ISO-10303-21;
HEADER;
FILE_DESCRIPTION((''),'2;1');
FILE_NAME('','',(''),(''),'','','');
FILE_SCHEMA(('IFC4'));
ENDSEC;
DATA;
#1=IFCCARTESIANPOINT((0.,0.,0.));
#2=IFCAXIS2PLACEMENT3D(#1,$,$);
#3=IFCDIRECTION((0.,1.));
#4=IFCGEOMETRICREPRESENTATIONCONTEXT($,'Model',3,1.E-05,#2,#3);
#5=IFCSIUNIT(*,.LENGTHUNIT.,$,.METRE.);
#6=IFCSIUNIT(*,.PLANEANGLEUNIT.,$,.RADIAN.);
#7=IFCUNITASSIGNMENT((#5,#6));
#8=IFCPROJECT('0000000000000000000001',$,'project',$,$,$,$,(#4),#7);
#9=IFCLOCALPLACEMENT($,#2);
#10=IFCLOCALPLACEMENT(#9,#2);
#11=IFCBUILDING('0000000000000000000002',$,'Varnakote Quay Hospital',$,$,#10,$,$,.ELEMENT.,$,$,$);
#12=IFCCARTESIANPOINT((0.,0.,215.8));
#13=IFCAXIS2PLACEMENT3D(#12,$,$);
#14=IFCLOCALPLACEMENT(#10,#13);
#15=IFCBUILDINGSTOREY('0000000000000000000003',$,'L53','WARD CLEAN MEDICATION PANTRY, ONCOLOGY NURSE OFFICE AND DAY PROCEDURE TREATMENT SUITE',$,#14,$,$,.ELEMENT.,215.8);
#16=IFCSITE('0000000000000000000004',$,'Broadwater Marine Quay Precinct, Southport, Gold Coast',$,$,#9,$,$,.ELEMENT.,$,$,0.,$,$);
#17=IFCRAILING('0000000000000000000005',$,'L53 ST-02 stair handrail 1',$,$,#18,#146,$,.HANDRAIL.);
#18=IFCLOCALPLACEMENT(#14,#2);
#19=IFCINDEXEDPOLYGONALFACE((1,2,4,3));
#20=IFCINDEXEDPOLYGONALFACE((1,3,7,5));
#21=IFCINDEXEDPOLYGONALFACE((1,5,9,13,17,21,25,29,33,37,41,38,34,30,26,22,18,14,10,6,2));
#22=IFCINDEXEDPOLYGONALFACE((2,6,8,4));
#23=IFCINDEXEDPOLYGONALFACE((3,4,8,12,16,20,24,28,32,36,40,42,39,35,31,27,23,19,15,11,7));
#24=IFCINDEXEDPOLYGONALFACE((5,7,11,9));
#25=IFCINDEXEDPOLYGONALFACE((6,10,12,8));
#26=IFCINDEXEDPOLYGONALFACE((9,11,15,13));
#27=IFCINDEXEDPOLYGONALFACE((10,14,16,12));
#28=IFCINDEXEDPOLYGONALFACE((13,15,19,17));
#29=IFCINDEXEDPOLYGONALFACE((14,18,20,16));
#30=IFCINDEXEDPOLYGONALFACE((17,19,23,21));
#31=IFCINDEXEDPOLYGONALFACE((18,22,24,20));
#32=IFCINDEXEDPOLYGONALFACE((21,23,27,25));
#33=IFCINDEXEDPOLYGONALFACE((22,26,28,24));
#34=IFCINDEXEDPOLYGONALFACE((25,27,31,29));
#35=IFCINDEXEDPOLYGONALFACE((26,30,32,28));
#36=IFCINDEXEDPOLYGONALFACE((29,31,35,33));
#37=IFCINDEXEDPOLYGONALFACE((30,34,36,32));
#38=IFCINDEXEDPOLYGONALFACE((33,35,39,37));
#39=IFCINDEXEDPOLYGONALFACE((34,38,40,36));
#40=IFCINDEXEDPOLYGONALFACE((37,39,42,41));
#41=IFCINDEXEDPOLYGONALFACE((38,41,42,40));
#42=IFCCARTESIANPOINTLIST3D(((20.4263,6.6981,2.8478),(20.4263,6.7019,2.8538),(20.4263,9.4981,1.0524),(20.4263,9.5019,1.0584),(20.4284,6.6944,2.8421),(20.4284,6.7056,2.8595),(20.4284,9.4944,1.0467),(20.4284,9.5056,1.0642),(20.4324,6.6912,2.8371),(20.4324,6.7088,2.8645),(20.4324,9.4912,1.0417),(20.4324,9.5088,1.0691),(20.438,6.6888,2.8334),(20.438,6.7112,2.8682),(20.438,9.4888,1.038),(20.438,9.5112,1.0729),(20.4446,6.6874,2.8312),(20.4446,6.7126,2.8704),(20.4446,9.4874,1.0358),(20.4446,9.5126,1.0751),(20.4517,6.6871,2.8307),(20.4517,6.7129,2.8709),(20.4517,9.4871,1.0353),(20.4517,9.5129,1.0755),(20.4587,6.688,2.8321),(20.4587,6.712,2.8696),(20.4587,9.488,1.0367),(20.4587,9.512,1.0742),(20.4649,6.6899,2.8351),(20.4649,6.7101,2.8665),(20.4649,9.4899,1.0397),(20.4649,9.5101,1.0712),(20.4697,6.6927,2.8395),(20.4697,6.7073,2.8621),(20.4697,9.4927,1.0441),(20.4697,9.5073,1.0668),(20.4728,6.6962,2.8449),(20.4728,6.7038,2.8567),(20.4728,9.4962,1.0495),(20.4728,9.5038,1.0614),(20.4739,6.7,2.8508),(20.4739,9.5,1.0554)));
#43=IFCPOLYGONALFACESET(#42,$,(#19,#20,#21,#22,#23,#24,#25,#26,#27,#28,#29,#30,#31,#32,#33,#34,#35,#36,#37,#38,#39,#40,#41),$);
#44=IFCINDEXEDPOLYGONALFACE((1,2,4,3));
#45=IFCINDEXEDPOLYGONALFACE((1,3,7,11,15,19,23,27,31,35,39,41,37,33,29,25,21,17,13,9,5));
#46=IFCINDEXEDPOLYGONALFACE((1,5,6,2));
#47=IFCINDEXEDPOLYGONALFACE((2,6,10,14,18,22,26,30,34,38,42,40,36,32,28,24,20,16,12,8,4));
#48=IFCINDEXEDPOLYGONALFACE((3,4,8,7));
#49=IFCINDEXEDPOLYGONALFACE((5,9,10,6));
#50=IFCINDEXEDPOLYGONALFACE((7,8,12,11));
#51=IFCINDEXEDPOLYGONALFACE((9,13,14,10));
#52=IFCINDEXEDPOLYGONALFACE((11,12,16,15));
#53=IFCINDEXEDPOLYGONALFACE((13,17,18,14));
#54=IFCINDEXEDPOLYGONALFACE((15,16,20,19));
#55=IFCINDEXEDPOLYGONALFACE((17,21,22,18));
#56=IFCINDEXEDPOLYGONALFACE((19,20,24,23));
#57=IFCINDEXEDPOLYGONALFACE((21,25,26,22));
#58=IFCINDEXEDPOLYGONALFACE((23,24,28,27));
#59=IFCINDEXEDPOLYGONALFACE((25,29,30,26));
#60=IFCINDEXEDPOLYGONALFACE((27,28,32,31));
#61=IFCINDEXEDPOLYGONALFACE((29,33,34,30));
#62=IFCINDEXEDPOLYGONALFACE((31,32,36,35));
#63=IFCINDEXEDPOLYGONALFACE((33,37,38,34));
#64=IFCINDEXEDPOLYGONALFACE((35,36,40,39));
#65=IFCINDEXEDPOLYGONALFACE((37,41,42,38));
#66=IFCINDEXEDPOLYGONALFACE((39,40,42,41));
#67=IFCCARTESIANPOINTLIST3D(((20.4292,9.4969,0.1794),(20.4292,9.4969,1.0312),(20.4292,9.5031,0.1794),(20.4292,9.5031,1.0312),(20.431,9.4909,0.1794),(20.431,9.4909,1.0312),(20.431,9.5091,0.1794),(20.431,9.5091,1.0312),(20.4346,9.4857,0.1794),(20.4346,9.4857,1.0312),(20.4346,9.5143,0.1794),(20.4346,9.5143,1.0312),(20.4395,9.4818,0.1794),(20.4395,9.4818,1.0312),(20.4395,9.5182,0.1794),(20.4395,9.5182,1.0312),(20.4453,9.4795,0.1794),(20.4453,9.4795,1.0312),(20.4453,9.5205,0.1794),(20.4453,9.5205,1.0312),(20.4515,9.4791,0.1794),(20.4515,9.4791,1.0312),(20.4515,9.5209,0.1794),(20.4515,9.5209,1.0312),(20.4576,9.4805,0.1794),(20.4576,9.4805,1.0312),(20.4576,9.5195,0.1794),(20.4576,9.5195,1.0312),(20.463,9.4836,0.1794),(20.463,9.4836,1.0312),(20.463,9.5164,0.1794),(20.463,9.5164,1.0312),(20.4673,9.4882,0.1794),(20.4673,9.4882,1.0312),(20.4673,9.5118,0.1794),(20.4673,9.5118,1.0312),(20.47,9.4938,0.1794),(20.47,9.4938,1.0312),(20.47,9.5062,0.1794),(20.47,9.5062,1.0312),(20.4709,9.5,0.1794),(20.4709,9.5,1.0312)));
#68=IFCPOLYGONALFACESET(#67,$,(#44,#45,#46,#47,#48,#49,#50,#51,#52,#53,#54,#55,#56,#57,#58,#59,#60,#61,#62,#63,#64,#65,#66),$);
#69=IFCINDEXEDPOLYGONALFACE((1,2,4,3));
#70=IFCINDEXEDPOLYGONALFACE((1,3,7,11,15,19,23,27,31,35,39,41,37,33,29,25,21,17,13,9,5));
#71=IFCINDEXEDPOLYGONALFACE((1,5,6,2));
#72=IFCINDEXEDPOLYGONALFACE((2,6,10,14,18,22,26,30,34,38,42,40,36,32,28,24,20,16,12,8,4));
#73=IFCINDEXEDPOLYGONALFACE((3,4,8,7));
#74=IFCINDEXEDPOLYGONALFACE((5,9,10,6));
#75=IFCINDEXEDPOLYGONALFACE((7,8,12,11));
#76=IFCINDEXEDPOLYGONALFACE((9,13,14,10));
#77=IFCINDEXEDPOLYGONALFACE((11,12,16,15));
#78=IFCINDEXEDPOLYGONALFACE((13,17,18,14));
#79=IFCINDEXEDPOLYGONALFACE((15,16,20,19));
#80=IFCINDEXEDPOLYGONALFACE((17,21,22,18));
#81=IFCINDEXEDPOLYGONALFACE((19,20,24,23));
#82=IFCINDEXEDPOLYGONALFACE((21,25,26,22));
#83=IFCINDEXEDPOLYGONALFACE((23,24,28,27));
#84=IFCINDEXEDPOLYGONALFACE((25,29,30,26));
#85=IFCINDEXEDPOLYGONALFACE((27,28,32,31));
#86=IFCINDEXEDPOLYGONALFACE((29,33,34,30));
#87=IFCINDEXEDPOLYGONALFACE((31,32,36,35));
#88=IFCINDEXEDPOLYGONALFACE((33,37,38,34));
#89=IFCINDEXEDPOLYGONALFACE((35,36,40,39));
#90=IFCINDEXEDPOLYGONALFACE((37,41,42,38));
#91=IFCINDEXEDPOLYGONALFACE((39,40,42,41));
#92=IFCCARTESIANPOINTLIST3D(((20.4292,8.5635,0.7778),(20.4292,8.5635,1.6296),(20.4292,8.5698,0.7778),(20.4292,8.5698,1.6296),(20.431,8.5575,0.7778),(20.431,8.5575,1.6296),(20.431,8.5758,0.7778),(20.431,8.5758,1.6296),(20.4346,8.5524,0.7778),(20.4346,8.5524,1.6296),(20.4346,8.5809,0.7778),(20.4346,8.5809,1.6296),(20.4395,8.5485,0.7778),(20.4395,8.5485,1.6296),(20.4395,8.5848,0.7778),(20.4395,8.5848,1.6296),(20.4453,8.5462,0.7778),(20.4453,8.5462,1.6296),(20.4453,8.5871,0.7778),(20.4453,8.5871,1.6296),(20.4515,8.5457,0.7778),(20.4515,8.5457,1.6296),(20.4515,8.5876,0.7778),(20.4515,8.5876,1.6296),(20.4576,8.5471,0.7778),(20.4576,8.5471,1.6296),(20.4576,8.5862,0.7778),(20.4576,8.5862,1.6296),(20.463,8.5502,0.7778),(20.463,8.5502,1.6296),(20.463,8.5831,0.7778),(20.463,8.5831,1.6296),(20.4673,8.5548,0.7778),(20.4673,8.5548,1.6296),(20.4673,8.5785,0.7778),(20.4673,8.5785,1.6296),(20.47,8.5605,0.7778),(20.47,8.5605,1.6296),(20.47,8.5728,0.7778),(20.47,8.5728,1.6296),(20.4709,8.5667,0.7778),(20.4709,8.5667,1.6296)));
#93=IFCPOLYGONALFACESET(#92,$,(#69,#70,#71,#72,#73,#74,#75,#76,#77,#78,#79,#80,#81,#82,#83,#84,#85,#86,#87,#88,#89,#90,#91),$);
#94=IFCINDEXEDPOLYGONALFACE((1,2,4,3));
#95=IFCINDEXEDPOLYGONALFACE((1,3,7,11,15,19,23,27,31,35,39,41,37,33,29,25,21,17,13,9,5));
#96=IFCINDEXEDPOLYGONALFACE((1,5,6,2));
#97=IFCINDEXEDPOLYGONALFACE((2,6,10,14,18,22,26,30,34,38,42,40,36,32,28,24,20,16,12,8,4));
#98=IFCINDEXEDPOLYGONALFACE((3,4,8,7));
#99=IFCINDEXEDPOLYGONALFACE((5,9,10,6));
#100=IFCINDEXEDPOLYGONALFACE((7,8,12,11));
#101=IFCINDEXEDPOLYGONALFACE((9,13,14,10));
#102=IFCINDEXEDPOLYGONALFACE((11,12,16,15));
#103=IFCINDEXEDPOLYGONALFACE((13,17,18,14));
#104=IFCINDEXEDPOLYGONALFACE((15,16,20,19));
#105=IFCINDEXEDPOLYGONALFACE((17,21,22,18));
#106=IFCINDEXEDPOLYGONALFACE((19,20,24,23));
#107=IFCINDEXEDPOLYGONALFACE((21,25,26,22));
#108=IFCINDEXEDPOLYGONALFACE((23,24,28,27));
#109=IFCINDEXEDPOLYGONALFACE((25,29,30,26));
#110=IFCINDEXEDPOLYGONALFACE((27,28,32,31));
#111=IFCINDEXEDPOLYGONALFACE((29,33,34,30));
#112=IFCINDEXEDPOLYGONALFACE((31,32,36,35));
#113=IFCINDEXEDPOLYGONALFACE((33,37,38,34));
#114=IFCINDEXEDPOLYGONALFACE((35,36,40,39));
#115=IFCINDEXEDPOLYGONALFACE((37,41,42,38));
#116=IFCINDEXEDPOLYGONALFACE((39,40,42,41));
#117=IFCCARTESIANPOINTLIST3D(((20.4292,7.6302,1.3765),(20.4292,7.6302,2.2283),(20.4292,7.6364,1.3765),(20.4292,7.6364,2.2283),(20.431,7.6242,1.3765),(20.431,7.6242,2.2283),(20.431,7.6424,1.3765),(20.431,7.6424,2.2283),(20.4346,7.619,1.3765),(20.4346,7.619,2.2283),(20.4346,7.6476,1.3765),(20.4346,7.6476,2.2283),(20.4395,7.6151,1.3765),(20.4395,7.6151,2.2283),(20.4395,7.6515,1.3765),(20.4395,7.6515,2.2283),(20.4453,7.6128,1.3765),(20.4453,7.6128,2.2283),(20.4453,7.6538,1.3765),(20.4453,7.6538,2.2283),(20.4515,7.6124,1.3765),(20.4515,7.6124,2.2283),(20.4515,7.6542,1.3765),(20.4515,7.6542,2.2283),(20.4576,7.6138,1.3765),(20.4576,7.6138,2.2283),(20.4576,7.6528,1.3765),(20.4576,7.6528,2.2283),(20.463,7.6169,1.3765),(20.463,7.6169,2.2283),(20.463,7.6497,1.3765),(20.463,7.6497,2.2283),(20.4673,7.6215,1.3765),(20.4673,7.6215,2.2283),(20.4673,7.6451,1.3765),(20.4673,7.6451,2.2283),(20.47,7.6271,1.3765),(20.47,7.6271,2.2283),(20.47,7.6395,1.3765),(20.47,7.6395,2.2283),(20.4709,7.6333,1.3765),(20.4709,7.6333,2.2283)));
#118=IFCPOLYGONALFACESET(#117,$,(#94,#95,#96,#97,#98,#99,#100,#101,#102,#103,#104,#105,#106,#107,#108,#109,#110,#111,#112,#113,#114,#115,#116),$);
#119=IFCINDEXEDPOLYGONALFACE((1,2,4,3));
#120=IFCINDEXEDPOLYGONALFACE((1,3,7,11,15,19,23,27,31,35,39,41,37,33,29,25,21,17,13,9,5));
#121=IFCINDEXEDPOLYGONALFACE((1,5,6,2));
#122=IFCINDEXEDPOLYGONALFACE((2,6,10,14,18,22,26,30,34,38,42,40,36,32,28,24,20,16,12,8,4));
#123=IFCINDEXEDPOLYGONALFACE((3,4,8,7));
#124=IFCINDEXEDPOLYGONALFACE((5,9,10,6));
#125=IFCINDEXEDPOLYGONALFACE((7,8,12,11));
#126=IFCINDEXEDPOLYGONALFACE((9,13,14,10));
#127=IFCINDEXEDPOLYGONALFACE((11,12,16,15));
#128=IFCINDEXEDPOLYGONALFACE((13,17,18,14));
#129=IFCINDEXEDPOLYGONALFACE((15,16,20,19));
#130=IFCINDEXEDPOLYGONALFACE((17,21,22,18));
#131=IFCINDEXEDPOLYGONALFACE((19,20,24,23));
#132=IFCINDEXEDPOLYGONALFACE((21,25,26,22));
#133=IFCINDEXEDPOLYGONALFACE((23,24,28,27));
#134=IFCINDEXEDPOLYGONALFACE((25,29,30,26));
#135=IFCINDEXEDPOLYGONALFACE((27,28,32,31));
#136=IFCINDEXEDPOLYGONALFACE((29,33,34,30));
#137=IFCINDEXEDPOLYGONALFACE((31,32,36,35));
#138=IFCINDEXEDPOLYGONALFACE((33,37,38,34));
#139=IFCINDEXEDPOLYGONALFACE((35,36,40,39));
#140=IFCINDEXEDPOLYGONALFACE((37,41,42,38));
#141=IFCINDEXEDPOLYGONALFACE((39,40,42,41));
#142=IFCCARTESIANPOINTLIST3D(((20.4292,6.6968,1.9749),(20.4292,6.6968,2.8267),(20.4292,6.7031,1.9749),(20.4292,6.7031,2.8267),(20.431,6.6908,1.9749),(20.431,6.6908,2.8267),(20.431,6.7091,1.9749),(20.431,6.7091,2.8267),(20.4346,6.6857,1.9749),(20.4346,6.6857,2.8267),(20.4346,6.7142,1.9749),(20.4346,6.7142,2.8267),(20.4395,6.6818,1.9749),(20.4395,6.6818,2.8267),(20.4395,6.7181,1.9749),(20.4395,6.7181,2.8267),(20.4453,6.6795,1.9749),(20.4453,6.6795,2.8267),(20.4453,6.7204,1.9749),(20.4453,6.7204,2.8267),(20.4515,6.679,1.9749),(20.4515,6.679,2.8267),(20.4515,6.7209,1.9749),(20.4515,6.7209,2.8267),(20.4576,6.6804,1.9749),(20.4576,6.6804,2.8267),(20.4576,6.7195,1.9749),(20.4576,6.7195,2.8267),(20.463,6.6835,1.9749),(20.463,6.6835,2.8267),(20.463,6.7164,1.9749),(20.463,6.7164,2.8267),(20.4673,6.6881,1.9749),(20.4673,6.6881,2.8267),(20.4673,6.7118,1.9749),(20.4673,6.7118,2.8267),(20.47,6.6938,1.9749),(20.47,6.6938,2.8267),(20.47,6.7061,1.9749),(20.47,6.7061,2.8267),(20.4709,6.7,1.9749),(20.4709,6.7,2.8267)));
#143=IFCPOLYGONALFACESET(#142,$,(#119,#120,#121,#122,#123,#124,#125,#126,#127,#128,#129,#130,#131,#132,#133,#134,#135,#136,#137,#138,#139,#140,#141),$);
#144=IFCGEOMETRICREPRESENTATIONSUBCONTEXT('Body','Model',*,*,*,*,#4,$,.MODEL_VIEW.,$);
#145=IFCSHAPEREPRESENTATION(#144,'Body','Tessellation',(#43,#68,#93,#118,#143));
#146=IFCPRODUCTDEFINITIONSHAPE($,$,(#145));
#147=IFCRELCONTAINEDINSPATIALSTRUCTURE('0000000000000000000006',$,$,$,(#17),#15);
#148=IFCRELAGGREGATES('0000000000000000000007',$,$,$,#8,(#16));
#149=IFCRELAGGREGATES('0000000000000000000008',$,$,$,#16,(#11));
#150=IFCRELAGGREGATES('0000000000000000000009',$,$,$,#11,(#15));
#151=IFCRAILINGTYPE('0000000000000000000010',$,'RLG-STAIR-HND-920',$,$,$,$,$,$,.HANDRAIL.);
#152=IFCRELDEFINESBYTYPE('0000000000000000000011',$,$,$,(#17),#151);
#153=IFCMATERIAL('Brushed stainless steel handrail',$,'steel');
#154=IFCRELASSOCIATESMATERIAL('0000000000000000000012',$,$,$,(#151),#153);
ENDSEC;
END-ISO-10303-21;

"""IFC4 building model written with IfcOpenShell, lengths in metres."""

from ifc_helpers import new_model, si_unit, direction, frame, origin, origin_2d, place, context, subcontext, project, spatial, circle, extrude, material, type_object, element, save


model = new_model("IFC4")

# Units and contexts
model_context = context("Model", 3, precision=1e-05, world=origin(), true_north=direction((0.0, 1.0)))
body_context = subcontext(model_context, "Body", "Model", "MODEL_VIEW")
ifc_project = project(units=[si_unit("LENGTHUNIT", "METRE"), si_unit("PLANEANGLEUNIT", "RADIAN")], contexts=[model_context])

# Site, building, storey
site_placement = place(None, origin())
site = spatial("IfcSite", under=ifc_project, at=site_placement, Name="Broadwater Marine Quay Precinct, Southport, Gold Coast", CompositionType="ELEMENT", RefElevation=0.0)
building_placement = place(site_placement, origin())
building = spatial("IfcBuilding", under=site, at=building_placement, Name="Varnakote Quay Hospital", CompositionType="ELEMENT")
storey_placement = place(building_placement, frame((0.0, 0.0, 215.8)))
storey = spatial("IfcBuildingStorey", under=building, at=storey_placement, Name="L53", Description="WARD CLEAN MEDICATION PANTRY, ONCOLOGY NURSE OFFICE AND DAY PROCEDURE TREATMENT SUITE", CompositionType="ELEMENT", Elevation=215.8)

# Railing
ifc_material_1 = material(Name="Brushed stainless steel handrail", Category="steel")
railing_type_1 = type_object("IfcRailingType", Name="RLG-STAIR-HND-920", PredefinedType="HANDRAIL", material=ifc_material_1)
railing_1_placement = place(storey_placement, frame((20.45, 9.5, 0.1794)))
element("IfcRailing", 1, at=railing_1_placement, inside=storey, type_object=railing_type_1, Name="L53 ST-02 stair handrail 1", PredefinedType="HANDRAIL", context=body_context, shape_type="SweptSolid", body=[
    extrude(circle(Radius=0.0239, at=origin_2d()), frame((0.0, 0.0, 0.876), z_axis=(0.0, -0.84181, 0.539774), x_axis=(1.0, 0.0, 0.0)), (0.0, 0.0, 1.0), 3.3262),
    extrude(circle(Radius=0.021, at=origin_2d()), origin(), (0.0, 0.0, 1.0), 0.8518),
    extrude(circle(Radius=0.021, at=origin_2d()), frame((0.0, -0.9333, 0.5984)), (0.0, 0.0, 1.0), 0.8518),
    extrude(circle(Radius=0.021, at=origin_2d()), frame((0.0, -1.8667, 1.197)), (0.0, 0.0, 1.0), 0.8518),
    extrude(circle(Radius=0.021, at=origin_2d()), frame((0.0, -2.8, 1.7954)), (0.0, 0.0, 1.0), 0.8518),
])

save(model, "model.ifc")
